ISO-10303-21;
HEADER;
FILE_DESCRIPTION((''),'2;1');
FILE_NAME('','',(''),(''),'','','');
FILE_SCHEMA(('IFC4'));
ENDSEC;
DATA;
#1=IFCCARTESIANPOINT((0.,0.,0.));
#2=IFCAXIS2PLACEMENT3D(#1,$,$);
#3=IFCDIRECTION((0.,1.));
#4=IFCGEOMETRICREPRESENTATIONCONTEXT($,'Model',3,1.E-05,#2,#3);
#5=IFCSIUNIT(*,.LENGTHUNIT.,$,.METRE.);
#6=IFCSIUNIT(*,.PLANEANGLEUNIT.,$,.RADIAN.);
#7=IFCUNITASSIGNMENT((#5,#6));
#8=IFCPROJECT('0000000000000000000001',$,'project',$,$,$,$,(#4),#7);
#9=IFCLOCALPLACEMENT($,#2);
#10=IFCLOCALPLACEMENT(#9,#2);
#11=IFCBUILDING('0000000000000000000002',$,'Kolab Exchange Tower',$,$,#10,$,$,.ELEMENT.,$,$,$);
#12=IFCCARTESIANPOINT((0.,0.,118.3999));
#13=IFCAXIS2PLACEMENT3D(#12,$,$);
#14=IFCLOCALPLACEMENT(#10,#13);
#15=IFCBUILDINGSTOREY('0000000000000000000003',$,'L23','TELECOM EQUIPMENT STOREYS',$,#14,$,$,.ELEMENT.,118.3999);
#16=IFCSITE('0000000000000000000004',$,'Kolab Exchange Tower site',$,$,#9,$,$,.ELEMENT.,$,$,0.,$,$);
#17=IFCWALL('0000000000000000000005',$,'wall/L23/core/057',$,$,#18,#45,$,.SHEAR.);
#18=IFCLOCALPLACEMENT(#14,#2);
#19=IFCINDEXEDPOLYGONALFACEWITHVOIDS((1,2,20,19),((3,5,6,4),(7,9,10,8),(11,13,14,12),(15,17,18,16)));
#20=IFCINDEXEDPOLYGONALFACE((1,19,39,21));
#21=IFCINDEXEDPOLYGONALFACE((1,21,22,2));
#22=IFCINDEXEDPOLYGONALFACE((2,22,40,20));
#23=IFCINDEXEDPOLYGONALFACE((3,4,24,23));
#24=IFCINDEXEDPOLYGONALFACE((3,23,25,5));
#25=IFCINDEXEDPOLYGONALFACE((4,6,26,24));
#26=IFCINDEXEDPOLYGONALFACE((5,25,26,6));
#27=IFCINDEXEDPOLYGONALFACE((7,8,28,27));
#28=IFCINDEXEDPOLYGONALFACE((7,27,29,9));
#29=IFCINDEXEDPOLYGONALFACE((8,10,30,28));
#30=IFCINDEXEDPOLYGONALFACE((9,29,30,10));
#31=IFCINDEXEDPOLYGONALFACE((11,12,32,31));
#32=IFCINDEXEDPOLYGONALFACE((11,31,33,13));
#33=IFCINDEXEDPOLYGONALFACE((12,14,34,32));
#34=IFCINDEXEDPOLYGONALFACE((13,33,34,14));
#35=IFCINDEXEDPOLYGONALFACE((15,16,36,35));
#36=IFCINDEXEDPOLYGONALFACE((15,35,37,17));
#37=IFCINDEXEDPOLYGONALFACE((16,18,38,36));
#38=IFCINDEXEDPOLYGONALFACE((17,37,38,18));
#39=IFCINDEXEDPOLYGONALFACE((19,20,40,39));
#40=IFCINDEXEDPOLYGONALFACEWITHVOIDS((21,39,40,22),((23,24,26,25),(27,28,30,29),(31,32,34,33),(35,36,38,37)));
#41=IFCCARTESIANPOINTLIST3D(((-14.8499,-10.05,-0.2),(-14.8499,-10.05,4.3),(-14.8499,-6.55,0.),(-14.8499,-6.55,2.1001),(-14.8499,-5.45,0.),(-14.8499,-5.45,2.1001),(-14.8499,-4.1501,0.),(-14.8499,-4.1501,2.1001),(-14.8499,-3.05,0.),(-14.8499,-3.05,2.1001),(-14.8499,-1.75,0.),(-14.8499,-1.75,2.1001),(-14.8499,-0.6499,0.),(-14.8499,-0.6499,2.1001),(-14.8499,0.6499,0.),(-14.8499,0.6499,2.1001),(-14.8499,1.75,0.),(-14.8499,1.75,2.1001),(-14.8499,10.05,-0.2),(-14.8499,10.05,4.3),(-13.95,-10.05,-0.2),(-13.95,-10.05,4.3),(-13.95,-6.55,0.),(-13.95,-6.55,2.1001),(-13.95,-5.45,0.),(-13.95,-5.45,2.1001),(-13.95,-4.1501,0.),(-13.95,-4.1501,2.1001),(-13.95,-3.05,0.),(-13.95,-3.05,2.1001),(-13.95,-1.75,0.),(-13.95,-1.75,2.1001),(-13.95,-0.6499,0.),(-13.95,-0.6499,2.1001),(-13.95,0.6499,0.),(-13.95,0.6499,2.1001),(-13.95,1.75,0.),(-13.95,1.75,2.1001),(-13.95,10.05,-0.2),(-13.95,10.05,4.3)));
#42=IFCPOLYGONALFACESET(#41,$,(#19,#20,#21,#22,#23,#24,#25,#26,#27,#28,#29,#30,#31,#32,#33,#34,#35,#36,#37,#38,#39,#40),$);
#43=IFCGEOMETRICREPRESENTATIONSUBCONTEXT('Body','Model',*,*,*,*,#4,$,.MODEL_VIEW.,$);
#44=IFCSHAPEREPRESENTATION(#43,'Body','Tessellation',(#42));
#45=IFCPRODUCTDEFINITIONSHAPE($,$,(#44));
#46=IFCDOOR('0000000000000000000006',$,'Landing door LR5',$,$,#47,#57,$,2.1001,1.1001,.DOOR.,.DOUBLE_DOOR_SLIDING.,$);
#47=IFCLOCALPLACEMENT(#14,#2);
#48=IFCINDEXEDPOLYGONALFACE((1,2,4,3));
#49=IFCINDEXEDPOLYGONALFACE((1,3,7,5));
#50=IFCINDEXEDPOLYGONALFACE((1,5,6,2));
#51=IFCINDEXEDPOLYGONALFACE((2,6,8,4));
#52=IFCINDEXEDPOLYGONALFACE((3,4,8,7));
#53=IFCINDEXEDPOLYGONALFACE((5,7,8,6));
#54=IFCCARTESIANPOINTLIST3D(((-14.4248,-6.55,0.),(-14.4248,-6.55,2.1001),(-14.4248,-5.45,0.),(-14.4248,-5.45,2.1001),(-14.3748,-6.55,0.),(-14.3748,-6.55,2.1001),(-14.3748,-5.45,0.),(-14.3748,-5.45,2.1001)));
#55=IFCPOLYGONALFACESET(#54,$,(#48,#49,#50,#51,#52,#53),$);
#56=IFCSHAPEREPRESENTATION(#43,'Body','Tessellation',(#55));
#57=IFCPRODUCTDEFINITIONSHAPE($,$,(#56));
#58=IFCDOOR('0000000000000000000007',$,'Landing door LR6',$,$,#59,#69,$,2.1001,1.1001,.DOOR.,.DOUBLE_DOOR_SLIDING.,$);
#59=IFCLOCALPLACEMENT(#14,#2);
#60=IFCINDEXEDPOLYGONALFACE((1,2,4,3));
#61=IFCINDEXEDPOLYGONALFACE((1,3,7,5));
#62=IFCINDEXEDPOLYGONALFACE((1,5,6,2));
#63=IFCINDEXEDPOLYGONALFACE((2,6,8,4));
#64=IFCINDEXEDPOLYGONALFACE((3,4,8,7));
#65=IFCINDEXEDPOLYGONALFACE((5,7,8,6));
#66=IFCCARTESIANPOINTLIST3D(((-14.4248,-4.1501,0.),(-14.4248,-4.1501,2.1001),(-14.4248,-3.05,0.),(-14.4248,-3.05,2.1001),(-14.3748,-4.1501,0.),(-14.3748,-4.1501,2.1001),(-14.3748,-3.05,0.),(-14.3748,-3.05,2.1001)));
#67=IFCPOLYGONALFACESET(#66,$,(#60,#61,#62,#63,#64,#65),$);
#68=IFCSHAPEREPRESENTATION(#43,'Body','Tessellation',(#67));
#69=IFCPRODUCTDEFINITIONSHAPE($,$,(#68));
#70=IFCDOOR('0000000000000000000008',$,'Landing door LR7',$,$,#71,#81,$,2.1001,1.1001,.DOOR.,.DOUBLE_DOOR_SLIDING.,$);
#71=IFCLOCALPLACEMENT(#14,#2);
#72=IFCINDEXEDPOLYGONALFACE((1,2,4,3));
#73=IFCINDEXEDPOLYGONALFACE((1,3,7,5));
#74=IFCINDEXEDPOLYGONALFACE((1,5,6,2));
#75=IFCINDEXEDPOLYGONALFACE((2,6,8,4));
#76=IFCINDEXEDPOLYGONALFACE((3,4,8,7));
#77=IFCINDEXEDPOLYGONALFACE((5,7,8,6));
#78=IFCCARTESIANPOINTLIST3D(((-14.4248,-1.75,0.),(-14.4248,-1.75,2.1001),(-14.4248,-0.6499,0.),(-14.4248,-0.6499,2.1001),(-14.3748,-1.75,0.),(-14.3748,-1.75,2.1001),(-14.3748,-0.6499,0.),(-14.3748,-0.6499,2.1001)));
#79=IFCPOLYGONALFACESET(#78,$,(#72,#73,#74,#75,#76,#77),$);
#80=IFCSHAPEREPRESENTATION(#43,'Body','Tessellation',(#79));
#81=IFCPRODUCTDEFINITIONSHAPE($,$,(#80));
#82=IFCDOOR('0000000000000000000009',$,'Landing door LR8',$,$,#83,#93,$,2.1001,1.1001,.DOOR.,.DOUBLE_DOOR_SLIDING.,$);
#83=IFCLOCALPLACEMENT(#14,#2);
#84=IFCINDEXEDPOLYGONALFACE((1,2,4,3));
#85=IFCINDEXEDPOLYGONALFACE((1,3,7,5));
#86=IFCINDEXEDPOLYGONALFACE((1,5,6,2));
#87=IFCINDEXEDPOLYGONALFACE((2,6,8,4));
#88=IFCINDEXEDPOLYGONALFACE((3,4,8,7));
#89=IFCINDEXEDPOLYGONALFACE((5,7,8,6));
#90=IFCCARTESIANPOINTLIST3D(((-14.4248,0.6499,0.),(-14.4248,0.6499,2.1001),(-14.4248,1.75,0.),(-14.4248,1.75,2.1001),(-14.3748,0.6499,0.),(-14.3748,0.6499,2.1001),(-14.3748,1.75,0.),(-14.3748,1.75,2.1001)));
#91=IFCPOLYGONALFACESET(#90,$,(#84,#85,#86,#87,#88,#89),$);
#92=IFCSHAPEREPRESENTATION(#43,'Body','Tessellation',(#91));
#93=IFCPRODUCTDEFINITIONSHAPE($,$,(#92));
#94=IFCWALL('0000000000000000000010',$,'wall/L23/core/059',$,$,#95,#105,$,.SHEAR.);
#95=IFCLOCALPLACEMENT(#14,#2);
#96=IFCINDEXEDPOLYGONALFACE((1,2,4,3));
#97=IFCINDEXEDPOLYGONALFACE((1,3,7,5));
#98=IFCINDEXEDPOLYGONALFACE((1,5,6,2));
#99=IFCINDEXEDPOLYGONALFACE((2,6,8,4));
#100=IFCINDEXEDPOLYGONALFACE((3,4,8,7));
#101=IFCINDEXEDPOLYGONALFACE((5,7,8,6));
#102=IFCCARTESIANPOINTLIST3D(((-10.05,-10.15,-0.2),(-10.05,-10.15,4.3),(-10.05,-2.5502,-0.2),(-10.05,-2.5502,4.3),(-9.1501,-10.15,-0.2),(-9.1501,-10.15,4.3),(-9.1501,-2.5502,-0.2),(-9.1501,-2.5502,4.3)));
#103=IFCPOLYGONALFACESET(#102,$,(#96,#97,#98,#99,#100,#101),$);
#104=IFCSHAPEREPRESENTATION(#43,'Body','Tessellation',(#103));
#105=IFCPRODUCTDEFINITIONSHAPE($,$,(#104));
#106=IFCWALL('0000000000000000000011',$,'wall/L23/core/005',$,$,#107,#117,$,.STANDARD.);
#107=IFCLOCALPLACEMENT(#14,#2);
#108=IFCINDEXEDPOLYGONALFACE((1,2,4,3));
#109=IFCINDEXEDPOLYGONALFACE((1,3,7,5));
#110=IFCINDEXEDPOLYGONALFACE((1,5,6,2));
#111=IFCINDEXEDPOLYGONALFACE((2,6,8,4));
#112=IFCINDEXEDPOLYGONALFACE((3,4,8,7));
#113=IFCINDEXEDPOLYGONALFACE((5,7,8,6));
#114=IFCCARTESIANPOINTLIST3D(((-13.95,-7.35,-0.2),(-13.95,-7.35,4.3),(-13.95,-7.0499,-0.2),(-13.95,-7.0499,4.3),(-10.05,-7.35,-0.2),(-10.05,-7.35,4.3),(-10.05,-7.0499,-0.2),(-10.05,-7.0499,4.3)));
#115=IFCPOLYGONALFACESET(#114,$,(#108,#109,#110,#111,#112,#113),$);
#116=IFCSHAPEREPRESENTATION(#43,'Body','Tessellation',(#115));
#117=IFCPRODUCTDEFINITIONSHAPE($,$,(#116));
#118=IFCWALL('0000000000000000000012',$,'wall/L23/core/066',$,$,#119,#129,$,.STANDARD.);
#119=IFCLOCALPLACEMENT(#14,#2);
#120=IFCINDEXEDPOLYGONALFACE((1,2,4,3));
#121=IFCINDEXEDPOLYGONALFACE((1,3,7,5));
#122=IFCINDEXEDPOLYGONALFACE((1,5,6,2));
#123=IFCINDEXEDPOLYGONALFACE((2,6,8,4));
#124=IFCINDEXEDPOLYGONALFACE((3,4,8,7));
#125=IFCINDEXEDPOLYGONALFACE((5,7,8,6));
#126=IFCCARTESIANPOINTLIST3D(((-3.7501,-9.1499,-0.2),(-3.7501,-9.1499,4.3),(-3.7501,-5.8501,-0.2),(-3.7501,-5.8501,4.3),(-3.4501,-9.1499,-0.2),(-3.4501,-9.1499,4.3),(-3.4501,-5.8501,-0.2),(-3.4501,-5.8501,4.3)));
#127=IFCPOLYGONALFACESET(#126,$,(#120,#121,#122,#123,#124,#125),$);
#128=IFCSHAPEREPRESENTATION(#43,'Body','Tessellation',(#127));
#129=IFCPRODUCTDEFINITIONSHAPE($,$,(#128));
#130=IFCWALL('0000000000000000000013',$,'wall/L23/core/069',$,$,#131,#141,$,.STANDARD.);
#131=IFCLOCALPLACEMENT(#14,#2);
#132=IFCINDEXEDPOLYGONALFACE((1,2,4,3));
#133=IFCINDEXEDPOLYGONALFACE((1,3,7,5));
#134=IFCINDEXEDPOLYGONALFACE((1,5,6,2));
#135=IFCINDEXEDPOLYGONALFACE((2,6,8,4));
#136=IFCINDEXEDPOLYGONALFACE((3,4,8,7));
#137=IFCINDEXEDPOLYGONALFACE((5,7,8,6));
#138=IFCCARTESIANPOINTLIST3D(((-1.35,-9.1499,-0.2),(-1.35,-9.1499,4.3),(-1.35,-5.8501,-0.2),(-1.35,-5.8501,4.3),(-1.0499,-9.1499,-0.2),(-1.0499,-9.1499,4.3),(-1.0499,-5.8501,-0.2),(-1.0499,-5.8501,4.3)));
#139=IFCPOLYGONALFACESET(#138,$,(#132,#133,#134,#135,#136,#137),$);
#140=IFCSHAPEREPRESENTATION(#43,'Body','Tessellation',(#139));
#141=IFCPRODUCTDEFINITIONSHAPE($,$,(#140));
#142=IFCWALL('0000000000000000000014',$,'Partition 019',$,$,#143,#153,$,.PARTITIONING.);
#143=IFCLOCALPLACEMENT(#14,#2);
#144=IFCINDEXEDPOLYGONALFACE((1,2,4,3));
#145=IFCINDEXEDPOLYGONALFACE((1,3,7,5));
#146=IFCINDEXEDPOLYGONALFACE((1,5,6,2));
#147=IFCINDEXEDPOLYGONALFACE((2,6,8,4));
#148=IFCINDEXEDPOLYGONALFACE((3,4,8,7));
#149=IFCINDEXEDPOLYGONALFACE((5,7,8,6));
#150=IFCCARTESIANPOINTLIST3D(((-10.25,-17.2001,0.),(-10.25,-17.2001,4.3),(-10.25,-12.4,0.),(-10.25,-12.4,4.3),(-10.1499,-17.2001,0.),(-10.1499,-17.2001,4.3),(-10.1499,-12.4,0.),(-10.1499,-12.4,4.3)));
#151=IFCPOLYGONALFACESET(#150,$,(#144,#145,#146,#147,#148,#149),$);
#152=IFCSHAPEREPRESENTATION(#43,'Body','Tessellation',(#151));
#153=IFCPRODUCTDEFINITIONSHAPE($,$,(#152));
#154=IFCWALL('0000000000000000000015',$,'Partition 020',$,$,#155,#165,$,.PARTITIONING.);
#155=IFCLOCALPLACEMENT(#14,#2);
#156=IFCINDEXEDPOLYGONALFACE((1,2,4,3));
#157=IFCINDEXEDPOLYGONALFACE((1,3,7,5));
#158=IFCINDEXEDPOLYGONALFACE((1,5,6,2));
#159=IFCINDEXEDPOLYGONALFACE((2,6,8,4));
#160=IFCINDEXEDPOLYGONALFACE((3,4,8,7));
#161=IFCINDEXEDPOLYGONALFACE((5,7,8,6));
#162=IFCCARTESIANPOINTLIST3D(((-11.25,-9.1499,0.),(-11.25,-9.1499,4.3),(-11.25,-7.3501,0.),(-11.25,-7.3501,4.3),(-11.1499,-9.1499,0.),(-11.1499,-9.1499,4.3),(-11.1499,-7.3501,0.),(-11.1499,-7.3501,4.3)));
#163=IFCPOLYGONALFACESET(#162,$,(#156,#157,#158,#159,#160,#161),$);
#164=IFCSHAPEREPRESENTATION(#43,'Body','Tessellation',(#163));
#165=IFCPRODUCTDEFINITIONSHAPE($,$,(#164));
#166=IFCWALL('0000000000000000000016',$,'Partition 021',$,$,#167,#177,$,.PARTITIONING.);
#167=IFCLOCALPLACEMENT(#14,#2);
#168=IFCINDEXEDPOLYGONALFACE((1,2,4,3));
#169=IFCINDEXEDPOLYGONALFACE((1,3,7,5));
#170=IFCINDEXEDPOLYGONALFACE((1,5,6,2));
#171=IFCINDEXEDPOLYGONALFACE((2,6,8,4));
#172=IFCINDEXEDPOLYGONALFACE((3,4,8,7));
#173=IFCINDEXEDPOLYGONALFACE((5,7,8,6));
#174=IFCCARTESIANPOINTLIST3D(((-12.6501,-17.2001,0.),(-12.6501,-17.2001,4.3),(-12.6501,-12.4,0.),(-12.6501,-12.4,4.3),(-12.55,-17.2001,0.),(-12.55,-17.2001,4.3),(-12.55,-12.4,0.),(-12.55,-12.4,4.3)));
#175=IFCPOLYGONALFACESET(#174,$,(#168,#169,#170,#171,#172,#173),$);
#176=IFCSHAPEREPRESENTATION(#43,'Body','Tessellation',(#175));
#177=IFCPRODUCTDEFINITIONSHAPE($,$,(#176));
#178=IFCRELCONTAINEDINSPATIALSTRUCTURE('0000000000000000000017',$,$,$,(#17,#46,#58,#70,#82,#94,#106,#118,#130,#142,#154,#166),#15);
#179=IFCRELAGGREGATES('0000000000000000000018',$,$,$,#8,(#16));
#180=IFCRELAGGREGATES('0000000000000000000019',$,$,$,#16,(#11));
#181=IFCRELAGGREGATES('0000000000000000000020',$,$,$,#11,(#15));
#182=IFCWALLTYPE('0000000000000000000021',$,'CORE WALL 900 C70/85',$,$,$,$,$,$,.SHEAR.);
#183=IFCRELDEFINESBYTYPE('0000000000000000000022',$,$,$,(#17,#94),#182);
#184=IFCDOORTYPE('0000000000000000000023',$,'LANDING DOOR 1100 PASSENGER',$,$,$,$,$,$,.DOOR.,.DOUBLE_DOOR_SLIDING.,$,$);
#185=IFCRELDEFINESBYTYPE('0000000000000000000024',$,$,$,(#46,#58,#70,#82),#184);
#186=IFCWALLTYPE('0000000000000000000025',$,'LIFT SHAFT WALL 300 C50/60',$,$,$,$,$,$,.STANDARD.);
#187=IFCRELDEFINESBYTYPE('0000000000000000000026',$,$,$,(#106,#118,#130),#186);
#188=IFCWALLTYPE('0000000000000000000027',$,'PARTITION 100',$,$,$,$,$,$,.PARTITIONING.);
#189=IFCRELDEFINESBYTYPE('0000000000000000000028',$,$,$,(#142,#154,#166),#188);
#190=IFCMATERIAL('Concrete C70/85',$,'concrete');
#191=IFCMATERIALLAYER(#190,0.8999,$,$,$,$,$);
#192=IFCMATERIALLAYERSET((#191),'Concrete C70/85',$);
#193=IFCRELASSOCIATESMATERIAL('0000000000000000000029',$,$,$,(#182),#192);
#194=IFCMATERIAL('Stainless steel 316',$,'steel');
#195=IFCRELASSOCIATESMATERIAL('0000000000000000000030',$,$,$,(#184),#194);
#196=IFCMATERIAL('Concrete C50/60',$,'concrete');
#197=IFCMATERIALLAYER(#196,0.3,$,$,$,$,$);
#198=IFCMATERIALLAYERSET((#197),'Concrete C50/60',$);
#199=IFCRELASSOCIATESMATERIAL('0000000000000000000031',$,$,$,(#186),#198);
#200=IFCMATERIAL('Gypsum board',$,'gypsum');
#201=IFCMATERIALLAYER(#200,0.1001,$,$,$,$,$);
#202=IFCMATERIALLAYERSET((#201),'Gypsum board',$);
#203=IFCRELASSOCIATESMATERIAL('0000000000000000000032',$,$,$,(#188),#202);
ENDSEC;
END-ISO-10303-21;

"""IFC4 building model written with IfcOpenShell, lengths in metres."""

from ifc_helpers import new_model, si_unit, direction, frame, frame_2d, origin, place, context, subcontext, project, spatial, rectangle, extrude, material, layer, layer_set, type_object, element, fill, save


model = new_model("IFC4")

# Units and contexts
model_context = context("Model", 3, precision=1e-05, world=origin(), true_north=direction((0.0, 1.0)))
body_context = subcontext(model_context, "Body", "Model", "MODEL_VIEW")
ifc_project = project(units=[si_unit("LENGTHUNIT", "METRE"), si_unit("PLANEANGLEUNIT", "RADIAN")], contexts=[model_context])

# Site, building, storey
site_placement = place(None, origin())
site = spatial("IfcSite", under=ifc_project, at=site_placement, Name="Kolab Exchange Tower site", CompositionType="ELEMENT", RefElevation=0.0)
building_placement = place(site_placement, origin())
building = spatial("IfcBuilding", under=site, at=building_placement, Name="Kolab Exchange Tower", CompositionType="ELEMENT")
storey_placement = place(building_placement, frame((0.0, 0.0, 118.3999)))
storey = spatial("IfcBuildingStorey", under=building, at=storey_placement, Name="L23", Description="TELECOM EQUIPMENT STOREYS", CompositionType="ELEMENT", Elevation=118.3999)

# Shared definitions
ifc_material_1 = material(Name="Concrete C70/85", Category="concrete")
ifc_layer_1 = layer(ifc_material_1, 0.8999)
ifc_layer_set_1 = layer_set([ifc_layer_1], Name="Concrete C70/85")
wall_type_1 = type_object("IfcWallType", Name="CORE WALL 900 C70/85", PredefinedType="SHEAR", material=ifc_layer_set_1)

# Wall, openings, doors
wall_1_placement = place(storey_placement, frame((-14.3999, -10.05, -0.2), z_axis=(0.0, 0.0, 1.0), x_axis=(0.0, 1.0, 0.0)))
wall_1 = element("IfcWall", 1, at=wall_1_placement, inside=storey, type_object=wall_type_1, Name="wall/L23/core/057", PredefinedType="SHEAR", context=body_context, shape_type="SweptSolid", body=[
    extrude(rectangle(XDim=20.1001, YDim=0.8999, at=frame_2d((10.05, 0.0))), origin(), (0.0, 0.0, 1.0), 4.5),
])
opening_1_placement = place(wall_1_placement, frame((3.5, 0.0, 0.2)))
opening_1 = element("IfcOpeningElement", 2, at=opening_1_placement, cuts=wall_1, PredefinedType="OPENING", context=body_context, shape_type="SweptSolid", body=[
    extrude(rectangle(XDim=1.1001, YDim=2.1001, at=frame_2d((0.55, 1.05))), frame((0.0, 0.46, 0.0), z_axis=(0.0, -1.0, 0.0), x_axis=(1.0, 0.0, 0.0)), (0.0, 0.0, 1.0), 0.9199),
])
opening_2_placement = place(wall_1_placement, frame((5.8999, 0.0, 0.2)))
opening_2 = element("IfcOpeningElement", 3, at=opening_2_placement, cuts=wall_1, PredefinedType="OPENING", context=body_context, shape_type="SweptSolid", body=[
    extrude(rectangle(XDim=1.1001, YDim=2.1001, at=frame_2d((0.55, 1.05))), frame((0.0, 0.46, 0.0), z_axis=(0.0, -1.0, 0.0), x_axis=(1.0, 0.0, 0.0)), (0.0, 0.0, 1.0), 0.9199),
])
opening_3_placement = place(wall_1_placement, frame((8.3, 0.0, 0.2)))
opening_3 = element("IfcOpeningElement", 4, at=opening_3_placement, cuts=wall_1, PredefinedType="OPENING", context=body_context, shape_type="SweptSolid", body=[
    extrude(rectangle(XDim=1.1001, YDim=2.1001, at=frame_2d((0.55, 1.05))), frame((0.0, 0.46, 0.0), z_axis=(0.0, -1.0, 0.0), x_axis=(1.0, 0.0, 0.0)), (0.0, 0.0, 1.0), 0.9199),
])
opening_4_placement = place(wall_1_placement, frame((10.7, 0.0, 0.2)))
opening_4 = element("IfcOpeningElement", 5, at=opening_4_placement, cuts=wall_1, PredefinedType="OPENING", context=body_context, shape_type="SweptSolid", body=[
    extrude(rectangle(XDim=1.1001, YDim=2.1001, at=frame_2d((0.55, 1.05))), frame((0.0, 0.46, 0.0), z_axis=(0.0, -1.0, 0.0), x_axis=(1.0, 0.0, 0.0)), (0.0, 0.0, 1.0), 0.9199),
])
ifc_material_2 = material(Name="Stainless steel 316", Category="steel")
door_type_1 = type_object("IfcDoorType", Name="LANDING DOOR 1100 PASSENGER", OperationType="DOUBLE_DOOR_SLIDING", PredefinedType="DOOR", material=ifc_material_2)
door_1_placement = place(opening_1_placement, origin())
door_1 = element("IfcDoor", 6, at=door_1_placement, inside=storey, type_object=door_type_1, Name="Landing door LR5", OperationType="DOUBLE_DOOR_SLIDING", OverallHeight=2.1001, OverallWidth=1.1001, PredefinedType="DOOR", context=body_context, shape_type="SweptSolid", body=[
    extrude(rectangle(XDim=1.1001, YDim=2.1001, at=frame_2d((0.55, 1.05))), frame((0.0, 0.0249, 0.0), z_axis=(0.0, -1.0, 0.0), x_axis=(1.0, 0.0, 0.0)), (0.0, 0.0, 1.0), 0.05),
])
fill(opening_1, door_1)
door_2_placement = place(opening_2_placement, origin())
door_2 = element("IfcDoor", 7, at=door_2_placement, inside=storey, type_object=door_type_1, Name="Landing door LR6", OperationType="DOUBLE_DOOR_SLIDING", OverallHeight=2.1001, OverallWidth=1.1001, PredefinedType="DOOR", context=body_context, shape_type="SweptSolid", body=[
    extrude(rectangle(XDim=1.1001, YDim=2.1001, at=frame_2d((0.55, 1.05))), frame((0.0, 0.0249, 0.0), z_axis=(0.0, -1.0, 0.0), x_axis=(1.0, 0.0, 0.0)), (0.0, 0.0, 1.0), 0.05),
])
fill(opening_2, door_2)
door_3_placement = place(opening_3_placement, origin())
door_3 = element("IfcDoor", 8, at=door_3_placement, inside=storey, type_object=door_type_1, Name="Landing door LR7", OperationType="DOUBLE_DOOR_SLIDING", OverallHeight=2.1001, OverallWidth=1.1001, PredefinedType="DOOR", context=body_context, shape_type="SweptSolid", body=[
    extrude(rectangle(XDim=1.1001, YDim=2.1001, at=frame_2d((0.55, 1.05))), frame((0.0, 0.0249, 0.0), z_axis=(0.0, -1.0, 0.0), x_axis=(1.0, 0.0, 0.0)), (0.0, 0.0, 1.0), 0.05),
])
fill(opening_3, door_3)
door_4_placement = place(opening_4_placement, origin())
door_4 = element("IfcDoor", 9, at=door_4_placement, inside=storey, type_object=door_type_1, Name="Landing door LR8", OperationType="DOUBLE_DOOR_SLIDING", OverallHeight=2.1001, OverallWidth=1.1001, PredefinedType="DOOR", context=body_context, shape_type="SweptSolid", body=[
    extrude(rectangle(XDim=1.1001, YDim=2.1001, at=frame_2d((0.55, 1.05))), frame((0.0, 0.0249, 0.0), z_axis=(0.0, -1.0, 0.0), x_axis=(1.0, 0.0, 0.0)), (0.0, 0.0, 1.0), 0.05),
])
fill(opening_4, door_4)

# Walls
wall_2_placement = place(storey_placement, frame((-9.6001, -10.1499, -0.2), z_axis=(0.0, 0.0, 1.0), x_axis=(0.0, 1.0, 0.0)))
element("IfcWall", 10, at=wall_2_placement, inside=storey, type_object=wall_type_1, Name="wall/L23/core/059", PredefinedType="SHEAR", context=body_context, shape_type="SweptSolid", body=[
    extrude(rectangle(XDim=7.5999, YDim=0.8999, at=frame_2d((3.7998, 0.0))), origin(), (0.0, 0.0, 1.0), 4.5),
])
ifc_material_3 = material(Name="Concrete C50/60", Category="concrete")
ifc_layer_2 = layer(ifc_material_3, 0.3)
ifc_layer_set_2 = layer_set([ifc_layer_2], Name="Concrete C50/60")
wall_type_2 = type_object("IfcWallType", Name="LIFT SHAFT WALL 300 C50/60", PredefinedType="STANDARD", material=ifc_layer_set_2)
wall_3_placement = place(storey_placement, frame((-13.95, -7.2, -0.2), z_axis=(0.0, 0.0, 1.0), x_axis=(1.0, 0.0, 0.0)))
element("IfcWall", 11, at=wall_3_placement, inside=storey, type_object=wall_type_2, Name="wall/L23/core/005", PredefinedType="STANDARD", context=body_context, shape_type="SweptSolid", body=[
    extrude(rectangle(XDim=3.8999, YDim=0.3, at=frame_2d((1.95, 0.0))), origin(), (0.0, 0.0, 1.0), 4.5),
])
for number, where, z_axis, x_axis, name in (
    (12, (-3.6001, -9.1499, -0.2), (0.0, 0.0, 1.0), (0.0, 1.0, 0.0), "wall/L23/core/066"),
    (13, (-1.2, -9.1499, -0.2), (0.0, 0.0, 1.0), (0.0, 1.0, 0.0), "wall/L23/core/069"),
):
    element("IfcWall", number, at=place(storey_placement, frame(where, z_axis=z_axis, x_axis=x_axis)), inside=storey, type_object=wall_type_2, Name=name, PredefinedType="STANDARD", context=body_context, shape_type="SweptSolid", body=[
        extrude(rectangle(XDim=3.2998, YDim=0.3, at=frame_2d((1.6499, 0.0))), origin(), (0.0, 0.0, 1.0), 4.5),
    ])
ifc_material_4 = material(Name="Gypsum board", Category="gypsum")
ifc_layer_3 = layer(ifc_material_4, 0.1001)
ifc_layer_set_3 = layer_set([ifc_layer_3], Name="Gypsum board")
wall_type_3 = type_object("IfcWallType", Name="PARTITION 100", PredefinedType="PARTITIONING", material=ifc_layer_set_3)
wall_4_placement = place(storey_placement, frame((-10.2, -17.2, 0.0), z_axis=(0.0, 0.0, 1.0), x_axis=(0.0, 1.0, 0.0)))
element("IfcWall", 14, at=wall_4_placement, inside=storey, type_object=wall_type_3, Name="Partition 019", PredefinedType="PARTITIONING", context=body_context, shape_type="SweptSolid", body=[
    extrude(rectangle(XDim=4.8, YDim=0.1001, at=frame_2d((2.3999, 0.0))), origin(), (0.0, 0.0, 1.0), 4.3),
])
wall_5_placement = place(storey_placement, frame((-11.2, -9.1499, 0.0), z_axis=(0.0, 0.0, 1.0), x_axis=(0.0, 1.0, 0.0)))
element("IfcWall", 15, at=wall_5_placement, inside=storey, type_object=wall_type_3, Name="Partition 020", PredefinedType="PARTITIONING", context=body_context, shape_type="SweptSolid", body=[
    extrude(rectangle(XDim=1.7998, YDim=0.1001, at=frame_2d((0.8999, 0.0))), origin(), (0.0, 0.0, 1.0), 4.3),
])
wall_6_placement = place(storey_placement, frame((-12.6001, -17.2, 0.0), z_axis=(0.0, 0.0, 1.0), x_axis=(0.0, 1.0, 0.0)))
element("IfcWall", 16, at=wall_6_placement, inside=storey, type_object=wall_type_3, Name="Partition 021", PredefinedType="PARTITIONING", context=body_context, shape_type="SweptSolid", body=[
    extrude(rectangle(XDim=4.8, YDim=0.1001, at=frame_2d((2.3999, 0.0))), origin(), (0.0, 0.0, 1.0), 4.3),
])

save(model, "model.ifc")
